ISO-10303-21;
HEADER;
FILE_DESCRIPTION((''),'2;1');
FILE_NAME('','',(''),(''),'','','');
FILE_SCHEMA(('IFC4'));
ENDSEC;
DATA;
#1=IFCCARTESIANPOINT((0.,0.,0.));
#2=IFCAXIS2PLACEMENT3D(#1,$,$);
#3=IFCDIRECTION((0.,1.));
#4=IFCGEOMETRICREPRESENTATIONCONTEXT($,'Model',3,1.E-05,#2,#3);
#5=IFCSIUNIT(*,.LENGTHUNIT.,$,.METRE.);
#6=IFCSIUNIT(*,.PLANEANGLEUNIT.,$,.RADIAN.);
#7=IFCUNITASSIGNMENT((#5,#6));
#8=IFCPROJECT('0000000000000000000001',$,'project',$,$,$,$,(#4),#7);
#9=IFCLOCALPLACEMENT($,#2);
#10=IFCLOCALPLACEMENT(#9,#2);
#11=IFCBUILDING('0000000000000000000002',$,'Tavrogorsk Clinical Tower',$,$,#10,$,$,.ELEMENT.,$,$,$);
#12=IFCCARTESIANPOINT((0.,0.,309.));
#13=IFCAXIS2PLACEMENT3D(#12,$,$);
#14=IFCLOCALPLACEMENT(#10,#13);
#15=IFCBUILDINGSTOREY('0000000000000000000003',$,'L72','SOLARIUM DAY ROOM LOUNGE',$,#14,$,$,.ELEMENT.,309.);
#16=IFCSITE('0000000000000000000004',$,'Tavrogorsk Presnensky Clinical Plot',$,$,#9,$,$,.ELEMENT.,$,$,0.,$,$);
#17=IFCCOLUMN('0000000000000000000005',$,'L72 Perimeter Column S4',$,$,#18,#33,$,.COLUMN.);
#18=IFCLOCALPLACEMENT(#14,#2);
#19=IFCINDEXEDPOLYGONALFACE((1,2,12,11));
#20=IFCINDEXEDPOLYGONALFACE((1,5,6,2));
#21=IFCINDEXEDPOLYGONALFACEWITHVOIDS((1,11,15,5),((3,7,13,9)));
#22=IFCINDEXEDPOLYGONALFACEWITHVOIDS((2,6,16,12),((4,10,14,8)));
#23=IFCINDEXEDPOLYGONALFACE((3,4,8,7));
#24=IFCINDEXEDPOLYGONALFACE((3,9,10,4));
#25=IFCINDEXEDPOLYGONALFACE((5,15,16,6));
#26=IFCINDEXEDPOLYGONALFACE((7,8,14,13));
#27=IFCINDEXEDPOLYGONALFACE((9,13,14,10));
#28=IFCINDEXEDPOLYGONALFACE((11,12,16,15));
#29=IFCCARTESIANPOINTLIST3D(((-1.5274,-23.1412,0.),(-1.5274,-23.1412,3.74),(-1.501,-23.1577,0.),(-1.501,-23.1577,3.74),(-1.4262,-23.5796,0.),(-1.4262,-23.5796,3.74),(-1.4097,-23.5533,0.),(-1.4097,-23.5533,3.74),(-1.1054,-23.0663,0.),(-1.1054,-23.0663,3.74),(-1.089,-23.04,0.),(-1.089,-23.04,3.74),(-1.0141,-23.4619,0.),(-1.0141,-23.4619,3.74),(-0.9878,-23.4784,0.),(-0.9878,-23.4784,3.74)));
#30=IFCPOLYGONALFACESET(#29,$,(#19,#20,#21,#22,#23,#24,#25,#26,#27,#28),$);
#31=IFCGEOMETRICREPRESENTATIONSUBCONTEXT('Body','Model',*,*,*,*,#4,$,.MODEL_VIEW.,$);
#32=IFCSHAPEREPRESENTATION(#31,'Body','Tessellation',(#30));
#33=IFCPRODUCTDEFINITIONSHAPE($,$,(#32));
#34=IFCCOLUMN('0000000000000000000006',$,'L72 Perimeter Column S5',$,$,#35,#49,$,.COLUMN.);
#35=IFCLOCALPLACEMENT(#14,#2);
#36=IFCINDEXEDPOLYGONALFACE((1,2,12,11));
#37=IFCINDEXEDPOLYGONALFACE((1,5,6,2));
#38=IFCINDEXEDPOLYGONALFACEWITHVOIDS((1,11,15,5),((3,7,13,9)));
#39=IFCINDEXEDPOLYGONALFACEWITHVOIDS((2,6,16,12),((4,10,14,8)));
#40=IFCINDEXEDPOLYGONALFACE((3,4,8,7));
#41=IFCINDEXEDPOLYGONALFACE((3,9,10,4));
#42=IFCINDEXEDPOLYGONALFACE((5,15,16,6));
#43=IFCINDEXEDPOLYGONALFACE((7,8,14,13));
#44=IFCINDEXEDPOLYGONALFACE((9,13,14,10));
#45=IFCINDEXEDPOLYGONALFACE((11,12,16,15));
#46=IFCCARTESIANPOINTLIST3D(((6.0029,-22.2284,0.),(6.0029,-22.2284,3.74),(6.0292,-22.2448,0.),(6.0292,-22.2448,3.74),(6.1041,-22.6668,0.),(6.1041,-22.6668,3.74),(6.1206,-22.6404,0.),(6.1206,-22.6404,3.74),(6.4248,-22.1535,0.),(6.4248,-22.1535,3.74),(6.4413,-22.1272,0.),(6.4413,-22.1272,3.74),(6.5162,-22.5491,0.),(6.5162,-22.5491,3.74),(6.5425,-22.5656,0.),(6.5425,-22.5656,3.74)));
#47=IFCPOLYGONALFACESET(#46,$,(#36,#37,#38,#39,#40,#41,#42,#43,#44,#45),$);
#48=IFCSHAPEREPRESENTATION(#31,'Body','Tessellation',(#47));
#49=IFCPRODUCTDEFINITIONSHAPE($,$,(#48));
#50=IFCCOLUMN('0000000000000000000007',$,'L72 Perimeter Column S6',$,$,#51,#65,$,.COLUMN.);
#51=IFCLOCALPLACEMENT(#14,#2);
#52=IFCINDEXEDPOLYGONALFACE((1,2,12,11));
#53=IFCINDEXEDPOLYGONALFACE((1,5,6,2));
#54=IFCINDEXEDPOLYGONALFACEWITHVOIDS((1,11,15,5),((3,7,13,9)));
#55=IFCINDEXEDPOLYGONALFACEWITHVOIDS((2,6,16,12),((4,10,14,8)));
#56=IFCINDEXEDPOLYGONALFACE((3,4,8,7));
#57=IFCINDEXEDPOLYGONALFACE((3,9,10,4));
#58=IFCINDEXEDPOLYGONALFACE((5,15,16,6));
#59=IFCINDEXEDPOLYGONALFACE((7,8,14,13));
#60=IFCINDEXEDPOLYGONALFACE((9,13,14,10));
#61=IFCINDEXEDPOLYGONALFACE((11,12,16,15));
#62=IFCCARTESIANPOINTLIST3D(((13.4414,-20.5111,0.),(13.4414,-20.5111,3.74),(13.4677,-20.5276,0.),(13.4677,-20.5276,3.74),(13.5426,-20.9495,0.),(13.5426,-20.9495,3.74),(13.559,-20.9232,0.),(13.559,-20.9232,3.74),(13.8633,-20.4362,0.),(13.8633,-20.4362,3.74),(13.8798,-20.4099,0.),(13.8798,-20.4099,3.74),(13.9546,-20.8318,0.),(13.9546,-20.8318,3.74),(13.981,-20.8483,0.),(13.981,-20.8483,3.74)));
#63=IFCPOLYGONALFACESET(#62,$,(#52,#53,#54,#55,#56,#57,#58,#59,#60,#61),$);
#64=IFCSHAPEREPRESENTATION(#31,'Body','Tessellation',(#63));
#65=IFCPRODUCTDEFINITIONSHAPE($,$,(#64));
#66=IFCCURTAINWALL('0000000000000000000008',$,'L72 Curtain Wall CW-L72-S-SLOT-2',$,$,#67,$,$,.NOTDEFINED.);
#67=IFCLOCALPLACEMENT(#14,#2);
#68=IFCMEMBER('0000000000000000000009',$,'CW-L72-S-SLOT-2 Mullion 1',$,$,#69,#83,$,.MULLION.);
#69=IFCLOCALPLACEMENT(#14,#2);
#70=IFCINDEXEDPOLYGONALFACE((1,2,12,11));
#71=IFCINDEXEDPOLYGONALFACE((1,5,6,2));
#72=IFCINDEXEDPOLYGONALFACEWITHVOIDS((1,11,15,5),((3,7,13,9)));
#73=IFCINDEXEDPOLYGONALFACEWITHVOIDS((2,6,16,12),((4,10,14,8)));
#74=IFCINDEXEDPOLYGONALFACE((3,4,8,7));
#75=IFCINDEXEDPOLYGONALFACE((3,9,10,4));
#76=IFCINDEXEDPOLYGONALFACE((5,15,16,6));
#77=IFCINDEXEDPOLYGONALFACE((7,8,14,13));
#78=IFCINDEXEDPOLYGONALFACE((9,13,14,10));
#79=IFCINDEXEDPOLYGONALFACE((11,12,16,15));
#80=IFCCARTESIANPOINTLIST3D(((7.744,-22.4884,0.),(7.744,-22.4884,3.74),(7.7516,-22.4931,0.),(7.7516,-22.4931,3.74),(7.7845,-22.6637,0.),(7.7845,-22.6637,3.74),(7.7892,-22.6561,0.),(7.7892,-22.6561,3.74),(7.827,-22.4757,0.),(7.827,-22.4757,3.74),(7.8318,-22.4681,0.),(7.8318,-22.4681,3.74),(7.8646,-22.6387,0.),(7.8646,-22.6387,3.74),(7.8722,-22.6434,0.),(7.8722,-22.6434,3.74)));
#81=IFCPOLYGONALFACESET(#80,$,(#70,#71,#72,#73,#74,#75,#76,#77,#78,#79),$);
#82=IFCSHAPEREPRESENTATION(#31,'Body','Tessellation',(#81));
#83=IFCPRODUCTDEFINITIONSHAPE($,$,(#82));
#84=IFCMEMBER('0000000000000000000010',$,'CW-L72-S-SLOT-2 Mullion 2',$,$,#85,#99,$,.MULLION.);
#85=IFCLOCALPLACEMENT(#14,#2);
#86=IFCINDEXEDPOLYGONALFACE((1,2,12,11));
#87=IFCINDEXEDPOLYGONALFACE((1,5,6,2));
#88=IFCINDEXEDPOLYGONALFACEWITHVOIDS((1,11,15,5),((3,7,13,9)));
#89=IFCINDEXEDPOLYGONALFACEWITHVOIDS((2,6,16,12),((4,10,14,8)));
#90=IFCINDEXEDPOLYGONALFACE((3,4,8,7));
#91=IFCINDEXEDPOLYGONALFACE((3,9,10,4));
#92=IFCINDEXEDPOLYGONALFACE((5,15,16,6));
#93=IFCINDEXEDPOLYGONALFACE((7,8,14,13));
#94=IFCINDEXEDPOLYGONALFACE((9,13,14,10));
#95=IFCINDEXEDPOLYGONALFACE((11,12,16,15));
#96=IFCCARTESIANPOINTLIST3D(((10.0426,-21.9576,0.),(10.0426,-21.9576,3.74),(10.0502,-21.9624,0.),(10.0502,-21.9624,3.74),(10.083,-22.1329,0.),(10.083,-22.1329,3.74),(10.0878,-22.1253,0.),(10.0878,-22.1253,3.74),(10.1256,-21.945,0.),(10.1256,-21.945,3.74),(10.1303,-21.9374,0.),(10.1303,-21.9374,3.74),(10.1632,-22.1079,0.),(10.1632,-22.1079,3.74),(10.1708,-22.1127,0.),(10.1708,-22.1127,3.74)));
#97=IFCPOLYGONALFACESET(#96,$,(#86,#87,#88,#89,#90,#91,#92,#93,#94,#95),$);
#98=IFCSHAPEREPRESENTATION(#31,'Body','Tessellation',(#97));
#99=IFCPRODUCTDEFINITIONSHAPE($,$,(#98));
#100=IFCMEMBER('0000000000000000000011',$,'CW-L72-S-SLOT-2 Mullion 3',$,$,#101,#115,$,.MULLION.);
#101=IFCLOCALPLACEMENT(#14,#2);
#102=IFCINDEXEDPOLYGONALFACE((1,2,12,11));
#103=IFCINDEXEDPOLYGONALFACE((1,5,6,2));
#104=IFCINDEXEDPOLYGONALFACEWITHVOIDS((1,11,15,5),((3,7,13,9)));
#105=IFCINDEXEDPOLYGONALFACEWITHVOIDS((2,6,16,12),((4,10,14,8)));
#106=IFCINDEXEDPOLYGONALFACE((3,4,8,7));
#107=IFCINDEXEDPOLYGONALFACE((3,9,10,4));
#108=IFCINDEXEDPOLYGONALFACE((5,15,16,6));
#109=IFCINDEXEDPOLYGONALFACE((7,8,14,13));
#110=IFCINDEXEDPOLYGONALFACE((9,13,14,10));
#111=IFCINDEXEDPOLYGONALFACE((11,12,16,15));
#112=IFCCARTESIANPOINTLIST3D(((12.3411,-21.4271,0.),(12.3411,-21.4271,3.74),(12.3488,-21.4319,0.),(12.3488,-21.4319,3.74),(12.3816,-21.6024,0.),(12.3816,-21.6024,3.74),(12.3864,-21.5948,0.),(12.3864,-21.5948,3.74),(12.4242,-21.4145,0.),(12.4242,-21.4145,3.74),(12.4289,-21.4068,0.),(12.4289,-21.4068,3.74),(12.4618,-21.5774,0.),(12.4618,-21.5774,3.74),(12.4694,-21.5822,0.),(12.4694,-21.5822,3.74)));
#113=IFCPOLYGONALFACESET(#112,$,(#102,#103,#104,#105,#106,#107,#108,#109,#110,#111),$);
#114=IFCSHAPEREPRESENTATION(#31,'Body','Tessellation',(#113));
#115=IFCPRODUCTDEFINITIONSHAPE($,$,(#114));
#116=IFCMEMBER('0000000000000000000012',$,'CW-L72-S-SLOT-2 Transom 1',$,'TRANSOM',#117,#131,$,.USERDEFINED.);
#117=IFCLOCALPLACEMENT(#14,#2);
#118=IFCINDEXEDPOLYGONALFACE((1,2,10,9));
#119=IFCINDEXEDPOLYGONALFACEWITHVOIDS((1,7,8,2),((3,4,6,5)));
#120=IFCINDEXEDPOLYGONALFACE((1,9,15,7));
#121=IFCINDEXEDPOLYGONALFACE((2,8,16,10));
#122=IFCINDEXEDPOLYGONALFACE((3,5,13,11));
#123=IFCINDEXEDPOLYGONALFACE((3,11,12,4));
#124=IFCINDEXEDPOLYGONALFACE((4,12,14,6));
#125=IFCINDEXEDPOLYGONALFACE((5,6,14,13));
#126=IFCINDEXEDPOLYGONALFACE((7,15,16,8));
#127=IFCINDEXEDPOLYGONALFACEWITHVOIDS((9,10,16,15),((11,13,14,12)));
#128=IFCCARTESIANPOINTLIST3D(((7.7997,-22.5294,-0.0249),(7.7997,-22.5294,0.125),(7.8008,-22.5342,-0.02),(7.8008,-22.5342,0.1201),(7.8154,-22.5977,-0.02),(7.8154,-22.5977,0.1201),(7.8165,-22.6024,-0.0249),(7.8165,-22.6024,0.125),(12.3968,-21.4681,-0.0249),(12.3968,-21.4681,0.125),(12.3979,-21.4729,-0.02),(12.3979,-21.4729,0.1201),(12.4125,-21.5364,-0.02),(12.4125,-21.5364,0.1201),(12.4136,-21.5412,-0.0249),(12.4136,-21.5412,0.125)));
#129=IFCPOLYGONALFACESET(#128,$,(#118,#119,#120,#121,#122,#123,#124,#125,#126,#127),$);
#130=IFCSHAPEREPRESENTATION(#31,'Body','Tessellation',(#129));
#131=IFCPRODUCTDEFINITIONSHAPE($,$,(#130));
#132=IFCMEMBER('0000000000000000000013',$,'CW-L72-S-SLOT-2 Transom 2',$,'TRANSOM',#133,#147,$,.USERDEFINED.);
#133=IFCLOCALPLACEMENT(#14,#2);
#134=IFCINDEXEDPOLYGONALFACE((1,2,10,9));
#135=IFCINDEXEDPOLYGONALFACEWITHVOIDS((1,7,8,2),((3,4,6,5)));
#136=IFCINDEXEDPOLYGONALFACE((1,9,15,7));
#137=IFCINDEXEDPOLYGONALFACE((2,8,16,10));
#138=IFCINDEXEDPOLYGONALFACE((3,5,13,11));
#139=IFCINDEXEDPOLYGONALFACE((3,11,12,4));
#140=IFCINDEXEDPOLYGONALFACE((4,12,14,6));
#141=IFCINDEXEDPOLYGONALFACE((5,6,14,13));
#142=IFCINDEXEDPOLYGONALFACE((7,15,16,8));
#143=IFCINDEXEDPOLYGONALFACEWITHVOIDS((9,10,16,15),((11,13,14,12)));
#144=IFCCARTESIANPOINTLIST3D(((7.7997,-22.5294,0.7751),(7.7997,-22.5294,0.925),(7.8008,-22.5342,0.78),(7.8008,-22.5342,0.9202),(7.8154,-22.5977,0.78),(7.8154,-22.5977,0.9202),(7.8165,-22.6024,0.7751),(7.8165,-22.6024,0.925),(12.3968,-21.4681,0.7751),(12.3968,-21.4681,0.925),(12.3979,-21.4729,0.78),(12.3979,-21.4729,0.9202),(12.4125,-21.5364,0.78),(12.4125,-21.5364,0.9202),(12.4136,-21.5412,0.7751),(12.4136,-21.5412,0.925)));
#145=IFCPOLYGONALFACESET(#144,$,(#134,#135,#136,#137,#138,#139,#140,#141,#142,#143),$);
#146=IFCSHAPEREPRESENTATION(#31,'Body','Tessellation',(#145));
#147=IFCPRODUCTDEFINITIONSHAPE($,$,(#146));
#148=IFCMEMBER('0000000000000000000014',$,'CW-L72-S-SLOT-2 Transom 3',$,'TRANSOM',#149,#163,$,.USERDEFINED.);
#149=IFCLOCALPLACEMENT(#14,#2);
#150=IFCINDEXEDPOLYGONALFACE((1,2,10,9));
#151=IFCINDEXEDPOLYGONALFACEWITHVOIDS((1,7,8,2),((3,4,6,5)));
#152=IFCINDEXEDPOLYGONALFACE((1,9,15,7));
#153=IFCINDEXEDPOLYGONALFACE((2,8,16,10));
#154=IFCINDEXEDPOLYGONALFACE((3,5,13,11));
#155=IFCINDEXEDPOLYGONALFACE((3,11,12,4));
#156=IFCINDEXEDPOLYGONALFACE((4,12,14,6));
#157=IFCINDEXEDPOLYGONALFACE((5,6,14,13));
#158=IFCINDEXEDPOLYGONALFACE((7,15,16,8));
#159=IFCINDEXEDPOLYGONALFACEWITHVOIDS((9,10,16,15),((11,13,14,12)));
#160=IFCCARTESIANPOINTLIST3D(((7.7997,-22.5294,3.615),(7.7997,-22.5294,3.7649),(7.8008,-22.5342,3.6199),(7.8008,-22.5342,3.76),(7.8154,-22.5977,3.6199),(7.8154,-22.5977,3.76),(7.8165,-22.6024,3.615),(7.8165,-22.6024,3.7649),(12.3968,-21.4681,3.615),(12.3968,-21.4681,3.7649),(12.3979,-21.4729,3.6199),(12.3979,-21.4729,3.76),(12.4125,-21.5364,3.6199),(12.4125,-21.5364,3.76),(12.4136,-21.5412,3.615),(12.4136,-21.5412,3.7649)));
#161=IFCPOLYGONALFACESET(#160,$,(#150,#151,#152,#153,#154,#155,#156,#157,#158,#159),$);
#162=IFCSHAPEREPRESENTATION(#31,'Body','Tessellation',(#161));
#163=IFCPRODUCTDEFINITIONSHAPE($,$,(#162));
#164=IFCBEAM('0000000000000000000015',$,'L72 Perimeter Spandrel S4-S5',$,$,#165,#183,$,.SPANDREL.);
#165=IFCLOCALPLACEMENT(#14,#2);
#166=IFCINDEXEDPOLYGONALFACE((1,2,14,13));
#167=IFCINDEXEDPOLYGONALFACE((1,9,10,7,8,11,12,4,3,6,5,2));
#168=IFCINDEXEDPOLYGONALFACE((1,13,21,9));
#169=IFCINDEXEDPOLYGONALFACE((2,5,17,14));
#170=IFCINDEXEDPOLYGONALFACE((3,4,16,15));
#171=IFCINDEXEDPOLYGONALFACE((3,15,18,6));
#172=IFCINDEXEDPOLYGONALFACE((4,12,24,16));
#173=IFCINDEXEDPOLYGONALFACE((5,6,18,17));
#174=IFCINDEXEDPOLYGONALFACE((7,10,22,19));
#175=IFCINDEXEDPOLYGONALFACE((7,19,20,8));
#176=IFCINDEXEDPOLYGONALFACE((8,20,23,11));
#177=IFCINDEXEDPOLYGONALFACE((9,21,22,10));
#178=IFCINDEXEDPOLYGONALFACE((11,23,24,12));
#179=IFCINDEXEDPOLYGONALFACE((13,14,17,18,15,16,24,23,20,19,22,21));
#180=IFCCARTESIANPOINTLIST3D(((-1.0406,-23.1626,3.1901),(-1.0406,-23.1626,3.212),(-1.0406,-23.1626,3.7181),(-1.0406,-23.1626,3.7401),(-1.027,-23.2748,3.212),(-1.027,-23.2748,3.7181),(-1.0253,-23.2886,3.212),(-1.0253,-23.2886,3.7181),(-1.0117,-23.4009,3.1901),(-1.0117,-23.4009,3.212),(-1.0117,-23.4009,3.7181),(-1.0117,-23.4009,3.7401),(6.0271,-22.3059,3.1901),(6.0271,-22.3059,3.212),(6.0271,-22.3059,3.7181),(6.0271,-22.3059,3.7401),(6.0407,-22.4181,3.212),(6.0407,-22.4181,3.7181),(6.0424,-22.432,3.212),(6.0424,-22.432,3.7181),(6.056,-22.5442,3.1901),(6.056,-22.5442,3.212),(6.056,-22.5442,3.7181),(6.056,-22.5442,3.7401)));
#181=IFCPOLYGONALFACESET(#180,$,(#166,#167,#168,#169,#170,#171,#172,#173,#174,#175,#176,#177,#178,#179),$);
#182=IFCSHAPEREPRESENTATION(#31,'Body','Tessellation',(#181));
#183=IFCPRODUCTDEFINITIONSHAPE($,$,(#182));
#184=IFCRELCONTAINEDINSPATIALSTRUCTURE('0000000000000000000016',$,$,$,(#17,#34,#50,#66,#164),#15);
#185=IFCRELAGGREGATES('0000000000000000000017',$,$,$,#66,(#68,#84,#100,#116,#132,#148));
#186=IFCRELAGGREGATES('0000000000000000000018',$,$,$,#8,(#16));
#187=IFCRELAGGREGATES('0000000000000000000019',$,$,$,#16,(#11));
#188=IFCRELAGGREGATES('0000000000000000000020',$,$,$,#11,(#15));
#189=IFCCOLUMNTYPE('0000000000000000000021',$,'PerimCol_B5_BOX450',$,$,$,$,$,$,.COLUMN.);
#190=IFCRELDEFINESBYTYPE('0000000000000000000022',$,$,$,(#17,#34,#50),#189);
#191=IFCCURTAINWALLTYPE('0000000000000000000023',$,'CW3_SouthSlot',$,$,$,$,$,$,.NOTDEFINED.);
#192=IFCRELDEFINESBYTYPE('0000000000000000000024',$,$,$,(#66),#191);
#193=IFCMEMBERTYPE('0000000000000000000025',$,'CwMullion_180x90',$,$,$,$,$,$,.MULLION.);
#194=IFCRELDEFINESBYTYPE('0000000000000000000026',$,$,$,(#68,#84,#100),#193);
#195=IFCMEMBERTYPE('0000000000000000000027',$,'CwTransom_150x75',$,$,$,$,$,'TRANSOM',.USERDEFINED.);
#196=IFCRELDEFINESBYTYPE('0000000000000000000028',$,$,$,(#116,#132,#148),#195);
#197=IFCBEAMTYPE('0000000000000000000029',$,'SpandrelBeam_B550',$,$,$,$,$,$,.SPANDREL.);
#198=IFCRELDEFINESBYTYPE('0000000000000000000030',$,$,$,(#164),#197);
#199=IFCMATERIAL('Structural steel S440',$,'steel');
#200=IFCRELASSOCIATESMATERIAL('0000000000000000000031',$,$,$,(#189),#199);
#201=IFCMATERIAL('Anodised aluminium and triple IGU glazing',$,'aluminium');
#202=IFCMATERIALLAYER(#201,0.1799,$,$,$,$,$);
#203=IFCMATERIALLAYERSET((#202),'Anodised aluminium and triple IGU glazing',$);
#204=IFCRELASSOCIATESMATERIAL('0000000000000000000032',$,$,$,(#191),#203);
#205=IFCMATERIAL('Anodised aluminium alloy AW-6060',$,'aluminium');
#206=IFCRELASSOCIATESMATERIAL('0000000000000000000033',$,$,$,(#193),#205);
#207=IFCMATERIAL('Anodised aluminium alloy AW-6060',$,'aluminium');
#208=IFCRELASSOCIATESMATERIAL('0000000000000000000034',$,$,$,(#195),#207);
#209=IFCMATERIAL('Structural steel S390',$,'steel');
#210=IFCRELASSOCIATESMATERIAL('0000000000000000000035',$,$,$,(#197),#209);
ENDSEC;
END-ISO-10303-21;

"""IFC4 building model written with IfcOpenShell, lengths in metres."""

from ifc_helpers import new_model, si_unit, direction, frame, origin, origin_2d, place, context, subcontext, project, spatial, hollow_rectangle, i_section, extrude, material, layer, layer_set, material_profile, profile_set, type_object, element, aggregate, save


model = new_model("IFC4")

# Units and contexts
model_context = context("Model", 3, precision=1e-05, world=origin(), true_north=direction((0.0, 1.0)))
body_context = subcontext(model_context, "Body", "Model", "MODEL_VIEW")
ifc_project = project(units=[si_unit("LENGTHUNIT", "METRE"), si_unit("PLANEANGLEUNIT", "RADIAN")], contexts=[model_context])

# Site, building, storey
site_placement = place(None, origin())
site = spatial("IfcSite", under=ifc_project, at=site_placement, Name="Tavrogorsk Presnensky Clinical Plot", CompositionType="ELEMENT", RefElevation=0.0)
building_placement = place(site_placement, origin())
building = spatial("IfcBuilding", under=site, at=building_placement, Name="Tavrogorsk Clinical Tower", CompositionType="ELEMENT")
storey_placement = place(building_placement, frame((0.0, 0.0, 309.0)))
storey = spatial("IfcBuildingStorey", under=building, at=storey_placement, Name="L72", Description="SOLARIUM DAY ROOM LOUNGE", CompositionType="ELEMENT", Elevation=309.0)

# Columns
ifc_material_1 = material(Name="Structural steel S440", Category="steel")
ifc_material_profile_1 = material_profile(ifc_material_1, hollow_rectangle(XDim=0.45, YDim=0.45, WallThickness=0.022, at=origin_2d()), Name="BOX-450x450x22")
ifc_profile_set_1 = profile_set([ifc_material_profile_1], Name="Structural steel S440")
column_type = type_object("IfcColumnType", Name="PerimCol_B5_BOX450", PredefinedType="COLUMN", material=ifc_profile_set_1)
for number, where, z_axis, x_axis, name in (
    (1, (-1.2576, -23.3098, 0.0), (0.0, 0.0, 1.0), (0.97437, 0.224951, 0.0), "L72 Perimeter Column S4"),
    (2, (6.2727, -22.397, 0.0), (0.0, 0.0, 1.0), (0.97437, 0.224951, 0.0), "L72 Perimeter Column S5"),
    (3, (13.7112, -20.6797, 0.0), (0.0, 0.0, 1.0), (0.97437, 0.224951, 0.0), "L72 Perimeter Column S6"),
):
    element("IfcColumn", number, at=place(storey_placement, frame(where, z_axis=z_axis, x_axis=x_axis)), inside=storey, type_object=column_type, Name=name, PredefinedType="COLUMN", context=body_context, shape_type="SweptSolid", body=[
        extrude(hollow_rectangle(XDim=0.45, YDim=0.45, WallThickness=0.022, at=origin_2d()), origin(), (0.0, 0.0, 1.0), 3.74),
    ])

# Curtain wall, members
ifc_material_2 = material(Name="Anodised aluminium and triple IGU glazing", Category="aluminium")
ifc_layer_1 = layer(ifc_material_2, 0.1799)
ifc_layer_set_1 = layer_set([ifc_layer_1], Name="Anodised aluminium and triple IGU glazing")
curtain_wall_type = type_object("IfcCurtainWallType", Name="CW3_SouthSlot", PredefinedType="NOTDEFINED", material=ifc_layer_set_1)
curtain_wall_placement = place(storey_placement, origin())
curtain_wall = element("IfcCurtainWall", 4, at=curtain_wall_placement, inside=storey, type_object=curtain_wall_type, Name="L72 Curtain Wall CW-L72-S-SLOT-2", PredefinedType="NOTDEFINED")
ifc_material_3 = material(Name="Anodised aluminium alloy AW-6060", Category="aluminium")
ifc_material_profile_2 = material_profile(ifc_material_3, hollow_rectangle(XDim=0.0901, YDim=0.1799, WallThickness=0.0063, at=origin_2d()), Name="RHS-180x90x6.3")
ifc_profile_set_2 = profile_set([ifc_material_profile_2], Name="Anodised aluminium alloy AW-6060")
member_type_1 = type_object("IfcMemberType", Name="CwMullion_180x90", PredefinedType="MULLION", material=ifc_profile_set_2)
member_1_placement = place(storey_placement, frame((7.8081, -22.5659, 0.0), z_axis=(0.0, 0.0, 1.0), x_axis=(0.97437, 0.224951, 0.0)))
member_1 = element("IfcMember", 5, at=member_1_placement, type_object=member_type_1, Name="CW-L72-S-SLOT-2 Mullion 1", PredefinedType="MULLION", context=body_context, shape_type="SweptSolid", body=[
    extrude(hollow_rectangle(XDim=0.0901, YDim=0.1799, WallThickness=0.0063, at=origin_2d()), origin(), (0.0, 0.0, 1.0), 3.74),
])
member_2_placement = place(storey_placement, frame((10.1067, -22.0352, 0.0), z_axis=(0.0, 0.0, 1.0), x_axis=(0.97437, 0.224951, 0.0)))
member_2 = element("IfcMember", 6, at=member_2_placement, type_object=member_type_1, Name="CW-L72-S-SLOT-2 Mullion 2", PredefinedType="MULLION", context=body_context, shape_type="SweptSolid", body=[
    extrude(hollow_rectangle(XDim=0.0901, YDim=0.1799, WallThickness=0.0063, at=origin_2d()), origin(), (0.0, 0.0, 1.0), 3.74),
])
member_3_placement = place(storey_placement, frame((12.4053, -21.5046, 0.0), z_axis=(0.0, 0.0, 1.0), x_axis=(0.97437, 0.224951, 0.0)))
member_3 = element("IfcMember", 7, at=member_3_placement, type_object=member_type_1, Name="CW-L72-S-SLOT-2 Mullion 3", PredefinedType="MULLION", context=body_context, shape_type="SweptSolid", body=[
    extrude(hollow_rectangle(XDim=0.0901, YDim=0.1799, WallThickness=0.0063, at=origin_2d()), origin(), (0.0, 0.0, 1.0), 3.74),
])
ifc_material_4 = material(Name="Anodised aluminium alloy AW-6060", Category="aluminium")
ifc_material_profile_3 = material_profile(ifc_material_4, hollow_rectangle(XDim=0.075, YDim=0.1499, WallThickness=0.0049, at=origin_2d()), Name="RHS-150x75x5")
ifc_profile_set_3 = profile_set([ifc_material_profile_3], Name="Anodised aluminium alloy AW-6060")
member_type_2 = type_object("IfcMemberType", Name="CwTransom_150x75", ElementType="TRANSOM", PredefinedType="USERDEFINED", material=ifc_profile_set_3)
member_4_placement = place(storey_placement, frame((7.8081, -22.5659, 0.05), z_axis=(0.974373, 0.224939, 0.0), x_axis=(-0.224939, 0.974373, 0.0)))
member_4 = element("IfcMember", 8, at=member_4_placement, type_object=member_type_2, Name="CW-L72-S-SLOT-2 Transom 1", ObjectType="TRANSOM", PredefinedType="USERDEFINED", context=body_context, shape_type="SweptSolid", body=[
    extrude(hollow_rectangle(XDim=0.075, YDim=0.1499, WallThickness=0.0049, at=origin_2d()), origin(), (0.0, 0.0, 1.0), 4.718),
])
member_5_placement = place(storey_placement, frame((7.8081, -22.5659, 0.8501), z_axis=(0.974373, 0.224939, 0.0), x_axis=(-0.224939, 0.974373, 0.0)))
member_5 = element("IfcMember", 9, at=member_5_placement, type_object=member_type_2, Name="CW-L72-S-SLOT-2 Transom 2", ObjectType="TRANSOM", PredefinedType="USERDEFINED", context=body_context, shape_type="SweptSolid", body=[
    extrude(hollow_rectangle(XDim=0.075, YDim=0.1499, WallThickness=0.0049, at=origin_2d()), origin(), (0.0, 0.0, 1.0), 4.718),
])
member_6_placement = place(storey_placement, frame((7.8081, -22.5659, 3.6899), z_axis=(0.974373, 0.224939, 0.0), x_axis=(-0.224939, 0.974373, 0.0)))
member_6 = element("IfcMember", 10, at=member_6_placement, type_object=member_type_2, Name="CW-L72-S-SLOT-2 Transom 3", ObjectType="TRANSOM", PredefinedType="USERDEFINED", context=body_context, shape_type="SweptSolid", body=[
    extrude(hollow_rectangle(XDim=0.075, YDim=0.1499, WallThickness=0.0049, at=origin_2d()), origin(), (0.0, 0.0, 1.0), 4.718),
])

# Beam
ifc_material_5 = material(Name="Structural steel S390", Category="steel")
ifc_material_profile_4 = material_profile(ifc_material_5, i_section(OverallWidth=0.24, OverallDepth=0.55, WebThickness=0.0139, FlangeThickness=0.022, at=origin_2d()), Name="B-550x240x14x22")
ifc_profile_set_4 = profile_set([ifc_material_profile_4], Name="Structural steel S390")
beam_type = type_object("IfcBeamType", Name="SpandrelBeam_B550", PredefinedType="SPANDREL", material=ifc_profile_set_4)
beam_placement = place(storey_placement, frame((-1.0261, -23.2817, 3.4651), z_axis=(0.992734, 0.120332, 0.0), x_axis=(-0.120332, 0.992734, 0.0)))
element("IfcBeam", 11, at=beam_placement, inside=storey, type_object=beam_type, Name="L72 Perimeter Spandrel S4-S5", PredefinedType="SPANDREL", context=body_context, shape_type="SweptSolid", body=[
    extrude(i_section(OverallWidth=0.24, OverallDepth=0.55, WebThickness=0.0139, FlangeThickness=0.022, at=origin_2d()), origin(), (0.0, 0.0, 1.0), 7.1194),
])

aggregate(curtain_wall, [member_1, member_2, member_3, member_4, member_5, member_6])

save(model, "model.ifc")
